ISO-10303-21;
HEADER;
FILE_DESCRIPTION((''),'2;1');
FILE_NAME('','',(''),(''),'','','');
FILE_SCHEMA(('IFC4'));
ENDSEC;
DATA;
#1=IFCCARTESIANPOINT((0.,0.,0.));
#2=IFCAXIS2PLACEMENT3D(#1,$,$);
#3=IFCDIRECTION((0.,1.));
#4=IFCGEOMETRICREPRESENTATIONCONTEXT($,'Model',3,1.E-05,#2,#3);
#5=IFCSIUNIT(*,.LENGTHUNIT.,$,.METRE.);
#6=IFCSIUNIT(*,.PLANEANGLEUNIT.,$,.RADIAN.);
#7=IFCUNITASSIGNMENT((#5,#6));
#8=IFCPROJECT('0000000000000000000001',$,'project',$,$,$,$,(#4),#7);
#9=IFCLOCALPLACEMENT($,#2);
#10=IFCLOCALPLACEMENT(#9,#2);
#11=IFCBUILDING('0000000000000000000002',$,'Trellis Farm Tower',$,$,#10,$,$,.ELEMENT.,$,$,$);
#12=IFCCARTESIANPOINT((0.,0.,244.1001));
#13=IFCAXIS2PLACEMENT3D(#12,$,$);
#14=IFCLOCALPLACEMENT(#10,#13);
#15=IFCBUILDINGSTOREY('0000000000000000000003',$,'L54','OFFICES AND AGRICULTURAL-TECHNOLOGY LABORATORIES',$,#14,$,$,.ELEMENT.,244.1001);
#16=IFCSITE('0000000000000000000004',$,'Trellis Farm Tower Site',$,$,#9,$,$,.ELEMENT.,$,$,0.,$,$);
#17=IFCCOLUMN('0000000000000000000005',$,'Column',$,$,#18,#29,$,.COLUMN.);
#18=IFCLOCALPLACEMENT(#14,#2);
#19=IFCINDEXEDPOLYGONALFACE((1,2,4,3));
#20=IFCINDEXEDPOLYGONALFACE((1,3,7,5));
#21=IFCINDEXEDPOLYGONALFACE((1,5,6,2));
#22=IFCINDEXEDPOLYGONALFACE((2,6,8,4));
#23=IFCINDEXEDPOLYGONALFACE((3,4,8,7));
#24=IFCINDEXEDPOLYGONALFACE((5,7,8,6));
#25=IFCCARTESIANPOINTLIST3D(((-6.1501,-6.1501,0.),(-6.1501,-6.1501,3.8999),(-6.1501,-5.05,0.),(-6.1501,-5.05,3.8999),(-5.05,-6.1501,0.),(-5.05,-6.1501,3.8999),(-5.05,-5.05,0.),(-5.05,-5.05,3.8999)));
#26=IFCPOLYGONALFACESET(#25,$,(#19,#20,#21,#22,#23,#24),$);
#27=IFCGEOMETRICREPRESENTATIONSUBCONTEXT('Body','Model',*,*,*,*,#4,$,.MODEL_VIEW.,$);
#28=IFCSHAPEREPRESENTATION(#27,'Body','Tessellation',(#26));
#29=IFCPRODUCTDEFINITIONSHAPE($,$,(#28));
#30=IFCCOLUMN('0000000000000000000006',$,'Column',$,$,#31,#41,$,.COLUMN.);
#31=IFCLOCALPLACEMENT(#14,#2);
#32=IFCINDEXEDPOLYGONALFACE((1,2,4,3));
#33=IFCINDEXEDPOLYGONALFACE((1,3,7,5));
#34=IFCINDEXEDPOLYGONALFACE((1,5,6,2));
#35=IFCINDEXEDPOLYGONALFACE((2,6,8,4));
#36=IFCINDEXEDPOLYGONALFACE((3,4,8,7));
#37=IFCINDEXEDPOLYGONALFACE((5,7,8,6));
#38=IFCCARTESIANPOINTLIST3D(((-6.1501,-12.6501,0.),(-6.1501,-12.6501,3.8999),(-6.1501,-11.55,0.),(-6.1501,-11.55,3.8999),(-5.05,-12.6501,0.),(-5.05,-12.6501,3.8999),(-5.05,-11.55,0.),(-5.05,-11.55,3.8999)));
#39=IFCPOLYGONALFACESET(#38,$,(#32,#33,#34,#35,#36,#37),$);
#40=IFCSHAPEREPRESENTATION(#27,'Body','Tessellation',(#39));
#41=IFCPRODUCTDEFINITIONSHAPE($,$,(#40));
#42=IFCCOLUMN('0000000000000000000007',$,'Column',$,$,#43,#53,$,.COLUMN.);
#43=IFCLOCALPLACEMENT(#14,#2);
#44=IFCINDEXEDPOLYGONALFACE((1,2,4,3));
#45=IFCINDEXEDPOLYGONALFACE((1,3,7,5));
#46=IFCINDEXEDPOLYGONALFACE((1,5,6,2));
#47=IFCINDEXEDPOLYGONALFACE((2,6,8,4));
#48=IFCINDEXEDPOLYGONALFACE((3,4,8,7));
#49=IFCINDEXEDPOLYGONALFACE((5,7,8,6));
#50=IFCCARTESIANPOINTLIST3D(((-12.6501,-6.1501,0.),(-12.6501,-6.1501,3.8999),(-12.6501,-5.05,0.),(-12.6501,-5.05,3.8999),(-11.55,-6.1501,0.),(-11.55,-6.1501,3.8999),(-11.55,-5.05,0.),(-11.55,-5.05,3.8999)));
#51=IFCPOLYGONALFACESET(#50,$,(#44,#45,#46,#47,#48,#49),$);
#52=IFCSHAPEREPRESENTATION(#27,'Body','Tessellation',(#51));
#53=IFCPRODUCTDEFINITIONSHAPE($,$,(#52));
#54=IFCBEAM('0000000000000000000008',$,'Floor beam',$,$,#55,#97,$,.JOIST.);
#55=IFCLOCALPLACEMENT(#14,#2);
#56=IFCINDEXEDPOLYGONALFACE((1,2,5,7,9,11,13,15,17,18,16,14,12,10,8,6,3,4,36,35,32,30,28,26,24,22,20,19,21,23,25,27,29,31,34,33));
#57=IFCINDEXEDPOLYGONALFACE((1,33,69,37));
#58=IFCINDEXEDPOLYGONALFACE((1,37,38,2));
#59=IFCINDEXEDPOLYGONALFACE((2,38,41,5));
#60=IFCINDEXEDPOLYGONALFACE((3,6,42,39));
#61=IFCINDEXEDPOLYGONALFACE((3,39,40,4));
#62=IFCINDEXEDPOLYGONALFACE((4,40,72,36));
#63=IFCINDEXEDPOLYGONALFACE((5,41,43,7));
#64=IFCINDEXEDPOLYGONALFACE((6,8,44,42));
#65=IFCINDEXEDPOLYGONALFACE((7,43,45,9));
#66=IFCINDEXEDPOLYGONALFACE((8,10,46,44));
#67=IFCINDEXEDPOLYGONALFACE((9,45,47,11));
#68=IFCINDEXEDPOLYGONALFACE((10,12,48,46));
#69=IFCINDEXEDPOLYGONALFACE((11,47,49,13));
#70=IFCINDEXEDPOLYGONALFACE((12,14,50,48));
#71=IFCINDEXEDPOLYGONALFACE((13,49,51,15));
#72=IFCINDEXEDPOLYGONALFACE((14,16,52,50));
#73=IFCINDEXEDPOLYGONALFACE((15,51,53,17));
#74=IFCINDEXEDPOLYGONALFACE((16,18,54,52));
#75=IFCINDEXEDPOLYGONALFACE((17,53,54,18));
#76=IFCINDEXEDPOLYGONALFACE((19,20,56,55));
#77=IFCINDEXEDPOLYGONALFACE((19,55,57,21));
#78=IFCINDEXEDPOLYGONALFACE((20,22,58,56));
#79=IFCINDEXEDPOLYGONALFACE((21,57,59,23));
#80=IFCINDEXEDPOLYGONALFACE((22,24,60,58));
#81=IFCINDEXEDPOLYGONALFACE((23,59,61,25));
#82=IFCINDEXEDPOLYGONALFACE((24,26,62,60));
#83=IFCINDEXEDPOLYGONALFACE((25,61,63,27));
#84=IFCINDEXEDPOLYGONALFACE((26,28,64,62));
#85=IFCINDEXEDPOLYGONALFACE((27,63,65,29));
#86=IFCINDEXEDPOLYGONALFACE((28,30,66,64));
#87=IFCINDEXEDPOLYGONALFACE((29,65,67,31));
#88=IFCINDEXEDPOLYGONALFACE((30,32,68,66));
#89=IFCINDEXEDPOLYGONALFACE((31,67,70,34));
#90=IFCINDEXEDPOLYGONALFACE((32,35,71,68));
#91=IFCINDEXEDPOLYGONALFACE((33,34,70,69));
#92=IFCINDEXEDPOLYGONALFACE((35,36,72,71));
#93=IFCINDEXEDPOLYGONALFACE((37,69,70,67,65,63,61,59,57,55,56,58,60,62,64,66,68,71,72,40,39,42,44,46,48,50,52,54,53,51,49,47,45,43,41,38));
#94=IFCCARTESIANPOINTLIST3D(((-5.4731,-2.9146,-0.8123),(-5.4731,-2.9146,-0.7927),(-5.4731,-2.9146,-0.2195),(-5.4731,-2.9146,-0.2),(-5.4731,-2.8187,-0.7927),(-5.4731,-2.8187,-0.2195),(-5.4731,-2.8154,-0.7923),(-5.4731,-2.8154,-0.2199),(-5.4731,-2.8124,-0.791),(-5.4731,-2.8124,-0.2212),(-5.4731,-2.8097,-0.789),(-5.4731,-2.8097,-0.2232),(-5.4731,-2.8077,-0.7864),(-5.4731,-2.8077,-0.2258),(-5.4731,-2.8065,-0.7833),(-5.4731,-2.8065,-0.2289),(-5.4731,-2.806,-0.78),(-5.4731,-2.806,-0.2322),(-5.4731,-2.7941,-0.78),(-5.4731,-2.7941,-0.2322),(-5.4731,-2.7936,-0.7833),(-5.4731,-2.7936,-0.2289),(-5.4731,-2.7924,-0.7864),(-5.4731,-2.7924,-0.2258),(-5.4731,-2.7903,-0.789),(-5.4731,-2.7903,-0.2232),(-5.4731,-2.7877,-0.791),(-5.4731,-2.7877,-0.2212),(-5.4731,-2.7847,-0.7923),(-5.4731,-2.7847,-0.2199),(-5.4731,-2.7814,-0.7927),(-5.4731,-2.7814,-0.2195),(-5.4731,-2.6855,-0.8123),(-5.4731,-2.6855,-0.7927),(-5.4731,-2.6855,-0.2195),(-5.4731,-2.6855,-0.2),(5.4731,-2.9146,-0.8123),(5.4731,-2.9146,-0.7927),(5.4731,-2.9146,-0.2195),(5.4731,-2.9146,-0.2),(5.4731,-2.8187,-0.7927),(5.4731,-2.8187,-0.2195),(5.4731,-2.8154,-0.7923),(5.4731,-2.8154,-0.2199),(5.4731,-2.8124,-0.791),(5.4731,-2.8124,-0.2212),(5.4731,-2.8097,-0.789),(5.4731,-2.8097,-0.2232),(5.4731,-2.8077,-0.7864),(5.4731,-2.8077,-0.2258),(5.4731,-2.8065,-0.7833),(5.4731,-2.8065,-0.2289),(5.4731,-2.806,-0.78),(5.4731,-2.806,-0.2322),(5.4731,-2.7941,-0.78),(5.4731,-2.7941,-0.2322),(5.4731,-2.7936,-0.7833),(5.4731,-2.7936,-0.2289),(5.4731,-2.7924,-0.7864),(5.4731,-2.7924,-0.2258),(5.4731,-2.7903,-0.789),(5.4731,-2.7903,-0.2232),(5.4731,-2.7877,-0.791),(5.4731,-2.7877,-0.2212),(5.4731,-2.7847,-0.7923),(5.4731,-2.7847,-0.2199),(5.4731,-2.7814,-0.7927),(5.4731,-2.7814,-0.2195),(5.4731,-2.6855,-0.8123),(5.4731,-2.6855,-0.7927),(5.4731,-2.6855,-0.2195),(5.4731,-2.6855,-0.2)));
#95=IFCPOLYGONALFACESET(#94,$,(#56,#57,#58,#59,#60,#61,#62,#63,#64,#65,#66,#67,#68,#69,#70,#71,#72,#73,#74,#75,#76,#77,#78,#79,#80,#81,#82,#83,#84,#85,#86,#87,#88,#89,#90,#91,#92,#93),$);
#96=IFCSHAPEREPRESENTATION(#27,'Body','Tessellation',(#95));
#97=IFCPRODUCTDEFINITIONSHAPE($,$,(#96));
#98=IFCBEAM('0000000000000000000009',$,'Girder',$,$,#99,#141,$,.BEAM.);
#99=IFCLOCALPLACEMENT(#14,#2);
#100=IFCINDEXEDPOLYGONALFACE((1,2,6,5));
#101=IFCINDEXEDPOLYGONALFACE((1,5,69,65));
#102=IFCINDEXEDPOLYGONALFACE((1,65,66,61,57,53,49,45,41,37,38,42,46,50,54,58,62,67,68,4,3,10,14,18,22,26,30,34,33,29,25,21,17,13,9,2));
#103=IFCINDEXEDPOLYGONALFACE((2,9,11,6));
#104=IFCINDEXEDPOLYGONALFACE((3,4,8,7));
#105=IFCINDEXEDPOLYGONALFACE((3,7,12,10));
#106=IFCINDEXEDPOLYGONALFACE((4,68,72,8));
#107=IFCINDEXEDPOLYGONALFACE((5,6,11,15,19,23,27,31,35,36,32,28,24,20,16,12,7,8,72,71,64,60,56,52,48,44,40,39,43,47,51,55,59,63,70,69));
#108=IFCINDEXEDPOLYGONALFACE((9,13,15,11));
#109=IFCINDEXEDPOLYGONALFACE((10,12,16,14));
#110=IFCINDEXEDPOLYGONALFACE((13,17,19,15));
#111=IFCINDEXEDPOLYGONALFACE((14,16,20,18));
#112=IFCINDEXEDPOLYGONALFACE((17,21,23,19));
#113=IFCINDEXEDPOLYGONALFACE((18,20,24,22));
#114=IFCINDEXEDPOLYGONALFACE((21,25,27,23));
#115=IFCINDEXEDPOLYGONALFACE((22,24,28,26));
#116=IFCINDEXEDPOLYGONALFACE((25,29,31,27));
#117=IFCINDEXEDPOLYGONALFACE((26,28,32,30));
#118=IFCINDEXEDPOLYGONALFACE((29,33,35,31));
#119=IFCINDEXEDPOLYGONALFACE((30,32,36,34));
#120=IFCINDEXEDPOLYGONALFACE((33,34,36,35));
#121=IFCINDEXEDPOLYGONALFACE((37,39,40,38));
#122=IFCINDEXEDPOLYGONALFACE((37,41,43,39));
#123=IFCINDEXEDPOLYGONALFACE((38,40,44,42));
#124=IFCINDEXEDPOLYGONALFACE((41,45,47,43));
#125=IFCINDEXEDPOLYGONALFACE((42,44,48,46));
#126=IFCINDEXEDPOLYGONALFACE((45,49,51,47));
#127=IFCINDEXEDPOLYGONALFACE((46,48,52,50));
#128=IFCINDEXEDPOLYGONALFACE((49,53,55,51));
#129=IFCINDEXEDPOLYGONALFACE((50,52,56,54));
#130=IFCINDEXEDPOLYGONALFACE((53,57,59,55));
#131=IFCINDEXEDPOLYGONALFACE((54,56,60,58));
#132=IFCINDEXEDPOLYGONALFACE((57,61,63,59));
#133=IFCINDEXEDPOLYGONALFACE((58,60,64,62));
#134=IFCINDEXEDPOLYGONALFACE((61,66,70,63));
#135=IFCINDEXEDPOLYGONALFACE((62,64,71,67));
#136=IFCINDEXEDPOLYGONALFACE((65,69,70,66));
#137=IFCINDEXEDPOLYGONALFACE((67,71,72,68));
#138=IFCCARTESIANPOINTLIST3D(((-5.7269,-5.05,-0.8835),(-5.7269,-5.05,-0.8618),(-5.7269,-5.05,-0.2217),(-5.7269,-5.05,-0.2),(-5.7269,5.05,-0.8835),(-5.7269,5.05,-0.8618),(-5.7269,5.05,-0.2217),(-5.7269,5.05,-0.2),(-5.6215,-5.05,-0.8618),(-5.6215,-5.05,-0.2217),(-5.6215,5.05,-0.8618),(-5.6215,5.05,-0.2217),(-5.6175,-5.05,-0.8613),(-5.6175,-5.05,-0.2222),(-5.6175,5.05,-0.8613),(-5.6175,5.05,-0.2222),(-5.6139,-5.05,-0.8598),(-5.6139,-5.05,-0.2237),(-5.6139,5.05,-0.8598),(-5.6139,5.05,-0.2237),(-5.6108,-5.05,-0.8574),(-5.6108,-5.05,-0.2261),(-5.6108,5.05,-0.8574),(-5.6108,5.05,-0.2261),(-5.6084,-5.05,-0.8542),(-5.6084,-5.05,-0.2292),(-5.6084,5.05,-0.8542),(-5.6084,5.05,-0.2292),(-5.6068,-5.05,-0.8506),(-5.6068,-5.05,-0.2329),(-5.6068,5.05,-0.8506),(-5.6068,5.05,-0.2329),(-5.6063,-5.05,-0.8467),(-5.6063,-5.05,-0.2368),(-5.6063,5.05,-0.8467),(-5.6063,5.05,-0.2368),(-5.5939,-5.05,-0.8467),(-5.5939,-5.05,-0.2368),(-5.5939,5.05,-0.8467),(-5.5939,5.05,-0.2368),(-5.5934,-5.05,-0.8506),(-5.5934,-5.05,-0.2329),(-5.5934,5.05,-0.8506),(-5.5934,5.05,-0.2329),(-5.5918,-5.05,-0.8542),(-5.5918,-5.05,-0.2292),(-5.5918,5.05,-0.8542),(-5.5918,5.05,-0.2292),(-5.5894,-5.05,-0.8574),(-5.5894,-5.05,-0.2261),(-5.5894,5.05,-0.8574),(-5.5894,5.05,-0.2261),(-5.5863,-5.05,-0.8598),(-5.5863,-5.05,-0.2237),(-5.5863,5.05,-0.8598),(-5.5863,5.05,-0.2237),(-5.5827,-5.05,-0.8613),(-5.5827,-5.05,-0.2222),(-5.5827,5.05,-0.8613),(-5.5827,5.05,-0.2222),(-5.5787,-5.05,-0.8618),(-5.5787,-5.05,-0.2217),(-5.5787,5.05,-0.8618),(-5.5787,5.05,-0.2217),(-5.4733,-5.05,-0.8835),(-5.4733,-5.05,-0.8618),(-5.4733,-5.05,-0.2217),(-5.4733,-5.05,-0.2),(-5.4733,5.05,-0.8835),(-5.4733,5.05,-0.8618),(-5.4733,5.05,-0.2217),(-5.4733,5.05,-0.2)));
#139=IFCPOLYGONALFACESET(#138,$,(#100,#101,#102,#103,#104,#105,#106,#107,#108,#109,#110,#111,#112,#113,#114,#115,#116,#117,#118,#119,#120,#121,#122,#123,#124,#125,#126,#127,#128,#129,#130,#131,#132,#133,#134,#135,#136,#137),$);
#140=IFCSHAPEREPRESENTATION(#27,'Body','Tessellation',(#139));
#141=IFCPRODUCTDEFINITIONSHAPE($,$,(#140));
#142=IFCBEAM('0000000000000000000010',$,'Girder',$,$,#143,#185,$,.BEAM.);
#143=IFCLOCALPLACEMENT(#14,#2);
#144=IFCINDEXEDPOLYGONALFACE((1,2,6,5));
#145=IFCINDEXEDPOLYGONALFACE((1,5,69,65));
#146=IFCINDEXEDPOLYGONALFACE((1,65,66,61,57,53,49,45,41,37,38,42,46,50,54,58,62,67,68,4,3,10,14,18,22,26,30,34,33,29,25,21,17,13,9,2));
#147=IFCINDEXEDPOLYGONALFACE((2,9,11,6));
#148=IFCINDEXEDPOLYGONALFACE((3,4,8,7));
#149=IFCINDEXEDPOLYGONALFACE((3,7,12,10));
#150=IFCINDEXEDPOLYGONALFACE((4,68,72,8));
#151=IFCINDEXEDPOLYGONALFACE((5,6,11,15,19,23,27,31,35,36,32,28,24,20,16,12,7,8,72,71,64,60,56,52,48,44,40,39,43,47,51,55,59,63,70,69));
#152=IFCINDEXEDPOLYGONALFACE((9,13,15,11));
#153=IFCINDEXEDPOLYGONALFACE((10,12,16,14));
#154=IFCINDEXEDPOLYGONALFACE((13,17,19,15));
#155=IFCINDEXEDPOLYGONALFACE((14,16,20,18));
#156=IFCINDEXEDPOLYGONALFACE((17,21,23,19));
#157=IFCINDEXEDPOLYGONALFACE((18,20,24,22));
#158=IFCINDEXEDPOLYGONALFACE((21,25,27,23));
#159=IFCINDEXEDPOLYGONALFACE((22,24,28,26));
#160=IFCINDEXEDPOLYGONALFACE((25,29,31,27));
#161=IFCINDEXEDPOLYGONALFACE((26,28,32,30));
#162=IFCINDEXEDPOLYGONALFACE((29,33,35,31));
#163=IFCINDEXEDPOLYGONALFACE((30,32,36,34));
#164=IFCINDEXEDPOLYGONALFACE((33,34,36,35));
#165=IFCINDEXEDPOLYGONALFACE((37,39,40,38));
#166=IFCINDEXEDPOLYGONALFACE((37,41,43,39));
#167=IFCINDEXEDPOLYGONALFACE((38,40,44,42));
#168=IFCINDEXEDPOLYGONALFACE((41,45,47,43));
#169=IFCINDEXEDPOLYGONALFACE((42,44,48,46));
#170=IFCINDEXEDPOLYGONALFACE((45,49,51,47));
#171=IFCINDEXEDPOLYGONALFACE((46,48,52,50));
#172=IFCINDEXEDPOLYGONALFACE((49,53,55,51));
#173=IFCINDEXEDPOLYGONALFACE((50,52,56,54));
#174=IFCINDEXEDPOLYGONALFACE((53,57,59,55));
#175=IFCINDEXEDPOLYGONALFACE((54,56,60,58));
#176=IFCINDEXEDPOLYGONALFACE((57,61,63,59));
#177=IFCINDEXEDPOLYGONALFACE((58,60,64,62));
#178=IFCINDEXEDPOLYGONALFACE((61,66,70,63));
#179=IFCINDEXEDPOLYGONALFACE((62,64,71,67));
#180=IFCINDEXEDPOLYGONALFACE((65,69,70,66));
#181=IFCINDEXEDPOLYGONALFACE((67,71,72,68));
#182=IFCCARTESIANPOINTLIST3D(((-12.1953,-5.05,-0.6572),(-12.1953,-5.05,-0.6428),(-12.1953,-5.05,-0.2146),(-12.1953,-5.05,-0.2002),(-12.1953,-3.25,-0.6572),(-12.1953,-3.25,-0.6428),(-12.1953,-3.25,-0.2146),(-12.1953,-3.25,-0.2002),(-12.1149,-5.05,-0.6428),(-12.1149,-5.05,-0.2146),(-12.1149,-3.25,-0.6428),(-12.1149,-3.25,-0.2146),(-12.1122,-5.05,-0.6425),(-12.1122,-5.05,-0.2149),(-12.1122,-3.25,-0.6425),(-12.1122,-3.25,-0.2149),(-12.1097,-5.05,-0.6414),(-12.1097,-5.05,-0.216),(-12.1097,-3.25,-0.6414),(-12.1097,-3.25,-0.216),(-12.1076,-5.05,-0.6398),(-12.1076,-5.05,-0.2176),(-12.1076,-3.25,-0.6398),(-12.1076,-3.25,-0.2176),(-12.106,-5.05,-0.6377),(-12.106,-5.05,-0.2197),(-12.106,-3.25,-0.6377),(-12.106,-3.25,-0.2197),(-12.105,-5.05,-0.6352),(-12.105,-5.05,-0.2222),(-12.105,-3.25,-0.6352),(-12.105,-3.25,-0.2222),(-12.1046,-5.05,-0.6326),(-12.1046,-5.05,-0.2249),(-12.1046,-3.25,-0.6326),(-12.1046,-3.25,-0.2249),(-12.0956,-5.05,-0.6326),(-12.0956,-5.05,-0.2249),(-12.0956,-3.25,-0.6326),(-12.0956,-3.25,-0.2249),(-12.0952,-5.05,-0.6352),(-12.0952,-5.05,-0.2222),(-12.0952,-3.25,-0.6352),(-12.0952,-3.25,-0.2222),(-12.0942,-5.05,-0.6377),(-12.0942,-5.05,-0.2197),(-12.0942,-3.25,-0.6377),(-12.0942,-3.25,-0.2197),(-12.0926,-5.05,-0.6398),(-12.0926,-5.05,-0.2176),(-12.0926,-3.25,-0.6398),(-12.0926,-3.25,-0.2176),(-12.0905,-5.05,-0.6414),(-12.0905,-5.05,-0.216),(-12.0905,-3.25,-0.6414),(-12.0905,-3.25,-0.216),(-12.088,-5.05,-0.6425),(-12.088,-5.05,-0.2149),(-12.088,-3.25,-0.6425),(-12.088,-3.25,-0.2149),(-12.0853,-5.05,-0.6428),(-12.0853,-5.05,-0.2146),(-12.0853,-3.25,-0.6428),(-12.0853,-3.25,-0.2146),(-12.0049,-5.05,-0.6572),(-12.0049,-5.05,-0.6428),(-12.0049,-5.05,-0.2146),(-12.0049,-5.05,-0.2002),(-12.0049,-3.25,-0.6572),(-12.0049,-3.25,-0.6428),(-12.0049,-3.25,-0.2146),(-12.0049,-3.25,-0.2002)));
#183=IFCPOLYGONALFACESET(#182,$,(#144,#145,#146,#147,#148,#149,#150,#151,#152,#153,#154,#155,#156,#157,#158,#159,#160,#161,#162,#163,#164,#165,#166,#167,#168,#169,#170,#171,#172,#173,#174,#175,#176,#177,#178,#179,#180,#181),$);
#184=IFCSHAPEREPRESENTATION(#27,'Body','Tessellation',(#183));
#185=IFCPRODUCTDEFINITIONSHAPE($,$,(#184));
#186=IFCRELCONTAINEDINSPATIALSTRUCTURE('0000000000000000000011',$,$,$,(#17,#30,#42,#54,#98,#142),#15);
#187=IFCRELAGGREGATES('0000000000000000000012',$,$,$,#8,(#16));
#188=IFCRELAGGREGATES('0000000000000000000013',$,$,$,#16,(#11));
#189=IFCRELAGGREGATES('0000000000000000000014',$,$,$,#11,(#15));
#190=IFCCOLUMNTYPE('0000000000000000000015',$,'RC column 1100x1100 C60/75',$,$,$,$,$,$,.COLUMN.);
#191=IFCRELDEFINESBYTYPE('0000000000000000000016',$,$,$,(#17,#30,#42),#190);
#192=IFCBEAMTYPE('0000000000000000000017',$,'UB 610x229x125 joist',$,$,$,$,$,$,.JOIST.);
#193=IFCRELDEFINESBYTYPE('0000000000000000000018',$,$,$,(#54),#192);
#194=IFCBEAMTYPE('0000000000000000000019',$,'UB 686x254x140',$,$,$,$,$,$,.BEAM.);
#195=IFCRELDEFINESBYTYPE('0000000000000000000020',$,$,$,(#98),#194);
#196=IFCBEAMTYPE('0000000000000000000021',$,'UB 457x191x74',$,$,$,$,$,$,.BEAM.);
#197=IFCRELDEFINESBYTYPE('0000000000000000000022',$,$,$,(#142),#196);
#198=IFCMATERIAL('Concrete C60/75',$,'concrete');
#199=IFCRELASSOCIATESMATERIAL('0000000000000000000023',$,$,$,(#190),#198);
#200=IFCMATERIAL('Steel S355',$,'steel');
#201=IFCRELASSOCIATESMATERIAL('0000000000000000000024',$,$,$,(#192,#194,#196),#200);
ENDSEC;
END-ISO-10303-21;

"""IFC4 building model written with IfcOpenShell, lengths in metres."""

from ifc_helpers import new_model, si_unit, direction, frame, origin, origin_2d, place, context, subcontext, project, spatial, rectangle, i_section, extrude, source, transform, mapped, material, material_profile, profile_set, type_object, element, save


model = new_model("IFC4")

# Units and contexts
model_context = context("Model", 3, precision=1e-05, world=origin(), true_north=direction((0.0, 1.0)))
body_context = subcontext(model_context, "Body", "Model", "MODEL_VIEW")
ifc_project = project(units=[si_unit("LENGTHUNIT", "METRE"), si_unit("PLANEANGLEUNIT", "RADIAN")], contexts=[model_context])

# Site, building, storey
site_placement = place(None, origin())
site = spatial("IfcSite", under=ifc_project, at=site_placement, Name="Trellis Farm Tower Site", CompositionType="ELEMENT", RefElevation=0.0)
building_placement = place(site_placement, origin())
building = spatial("IfcBuilding", under=site, at=building_placement, Name="Trellis Farm Tower", CompositionType="ELEMENT")
storey_placement = place(building_placement, frame((0.0, 0.0, 244.1001)))
storey = spatial("IfcBuildingStorey", under=building, at=storey_placement, Name="L54", Description="OFFICES AND AGRICULTURAL-TECHNOLOGY LABORATORIES", CompositionType="ELEMENT", Elevation=244.1001)

# Columns
ifc_material_1 = material(Name="Concrete C60/75", Category="concrete")
ifc_material_profile_1 = material_profile(ifc_material_1, rectangle(XDim=1.1001, YDim=1.1001, at=origin_2d()), Name="RC column 1100x1100 C60/75")
ifc_profile_set_1 = profile_set([ifc_material_profile_1], Name="Concrete C60/75")
column_type = type_object("IfcColumnType", Name="RC column 1100x1100 C60/75", PredefinedType="COLUMN", material=ifc_profile_set_1)
shared_shape_1 = source(origin(), body_context, "Body", "SweptSolid", [
    extrude(rectangle(XDim=1.1001, YDim=1.1001, at=origin_2d()), origin(), (0.0, 0.0, 1.0), 3.8999),
])
for number, where, z_axis, x_axis, name in (
    (1, (-5.6001, -5.6001, 0.0), (0.0, 0.0, 1.0), (1.0, 0.0, 0.0), "Column"),
    (2, (-5.6001, -12.1001, 0.0), (0.0, 0.0, 1.0), (1.0, 0.0, 0.0), "Column"),
    (3, (-12.1001, -5.6001, 0.0), (0.0, 0.0, 1.0), (1.0, 0.0, 0.0), "Column"),
):
    element("IfcColumn", number, at=place(storey_placement, frame(where, z_axis=z_axis, x_axis=x_axis)), inside=storey, type_object=column_type, Name=name, PredefinedType="COLUMN", context=body_context, shape_type="MappedRepresentation", body=[
        mapped(shared_shape_1, transform((0.0, 0.0, 0.0))),
    ])

# Beams
ifc_material_2 = material(Name="Steel S355", Category="steel")
ifc_material_profile_2 = material_profile(ifc_material_2, i_section(OverallWidth=0.229, OverallDepth=0.6123, WebThickness=0.012, FlangeThickness=0.0195, FilletRadius=0.0127, at=origin_2d()), Name="UB 610x229x125")
ifc_profile_set_2 = profile_set([ifc_material_profile_2], Name="Steel S355")
beam_type_1 = type_object("IfcBeamType", Name="UB 610x229x125 joist", PredefinedType="JOIST", material=ifc_profile_set_2)
shared_shape_2 = source(origin(), body_context, "Body", "SweptSolid", [
    extrude(i_section(OverallWidth=0.229, OverallDepth=0.6123, WebThickness=0.012, FlangeThickness=0.0195, FilletRadius=0.0127, at=origin_2d()), origin(), (0.0, 0.0, 1.0), 10.9463),
])
beam_1_placement = place(storey_placement, frame((-5.4731, -2.8, -0.5061), z_axis=(1.0, 0.0, 0.0), x_axis=(0.0, 1.0, 0.0)))
element("IfcBeam", 4, at=beam_1_placement, inside=storey, type_object=beam_type_1, Name="Floor beam", PredefinedType="JOIST", context=body_context, shape_type="MappedRepresentation", body=[
    mapped(shared_shape_2, transform((0.0, 0.0, 0.0))),
])
ifc_material_profile_3 = material_profile(ifc_material_2, i_section(OverallWidth=0.2537, OverallDepth=0.6836, WebThickness=0.0125, FlangeThickness=0.0217, FilletRadius=0.0151, at=origin_2d()), Name="UB 686x254x140")
ifc_profile_set_3 = profile_set([ifc_material_profile_3], Name="Steel S355")
beam_type_2 = type_object("IfcBeamType", Name="UB 686x254x140", PredefinedType="BEAM", material=ifc_profile_set_3)
shared_shape_3 = source(origin(), body_context, "Body", "SweptSolid", [
    extrude(i_section(OverallWidth=0.2537, OverallDepth=0.6836, WebThickness=0.0125, FlangeThickness=0.0217, FilletRadius=0.0151, at=origin_2d()), origin(), (0.0, 0.0, 1.0), 10.1001),
])
beam_2_placement = place(storey_placement, frame((-5.6001, -5.05, -0.5417), z_axis=(0.0, 1.0, 0.0), x_axis=(-1.0, 0.0, 0.0)))
element("IfcBeam", 5, at=beam_2_placement, inside=storey, type_object=beam_type_2, Name="Girder", PredefinedType="BEAM", context=body_context, shape_type="MappedRepresentation", body=[
    mapped(shared_shape_3, transform((0.0, 0.0, 0.0))),
])
ifc_material_profile_4 = material_profile(ifc_material_2, i_section(OverallWidth=0.1904, OverallDepth=0.457, WebThickness=0.009, FlangeThickness=0.0144, FilletRadius=0.0103, at=origin_2d()), Name="UB 457x191x74")
ifc_profile_set_4 = profile_set([ifc_material_profile_4], Name="Steel S355")
beam_type_3 = type_object("IfcBeamType", Name="UB 457x191x74", PredefinedType="BEAM", material=ifc_profile_set_4)
shared_shape_4 = source(origin(), body_context, "Body", "SweptSolid", [
    extrude(i_section(OverallWidth=0.1904, OverallDepth=0.457, WebThickness=0.009, FlangeThickness=0.0144, FilletRadius=0.0103, at=origin_2d()), origin(), (0.0, 0.0, 1.0), 1.8),
])
beam_3_placement = place(storey_placement, frame((-12.1001, -5.05, -0.4287), z_axis=(0.0, 1.0, 0.0), x_axis=(-1.0, 0.0, 0.0)))
element("IfcBeam", 6, at=beam_3_placement, inside=storey, type_object=beam_type_3, Name="Girder", PredefinedType="BEAM", context=body_context, shape_type="MappedRepresentation", body=[
    mapped(shared_shape_4, transform((0.0, 0.0, 0.0))),
])

save(model, "model.ifc")
